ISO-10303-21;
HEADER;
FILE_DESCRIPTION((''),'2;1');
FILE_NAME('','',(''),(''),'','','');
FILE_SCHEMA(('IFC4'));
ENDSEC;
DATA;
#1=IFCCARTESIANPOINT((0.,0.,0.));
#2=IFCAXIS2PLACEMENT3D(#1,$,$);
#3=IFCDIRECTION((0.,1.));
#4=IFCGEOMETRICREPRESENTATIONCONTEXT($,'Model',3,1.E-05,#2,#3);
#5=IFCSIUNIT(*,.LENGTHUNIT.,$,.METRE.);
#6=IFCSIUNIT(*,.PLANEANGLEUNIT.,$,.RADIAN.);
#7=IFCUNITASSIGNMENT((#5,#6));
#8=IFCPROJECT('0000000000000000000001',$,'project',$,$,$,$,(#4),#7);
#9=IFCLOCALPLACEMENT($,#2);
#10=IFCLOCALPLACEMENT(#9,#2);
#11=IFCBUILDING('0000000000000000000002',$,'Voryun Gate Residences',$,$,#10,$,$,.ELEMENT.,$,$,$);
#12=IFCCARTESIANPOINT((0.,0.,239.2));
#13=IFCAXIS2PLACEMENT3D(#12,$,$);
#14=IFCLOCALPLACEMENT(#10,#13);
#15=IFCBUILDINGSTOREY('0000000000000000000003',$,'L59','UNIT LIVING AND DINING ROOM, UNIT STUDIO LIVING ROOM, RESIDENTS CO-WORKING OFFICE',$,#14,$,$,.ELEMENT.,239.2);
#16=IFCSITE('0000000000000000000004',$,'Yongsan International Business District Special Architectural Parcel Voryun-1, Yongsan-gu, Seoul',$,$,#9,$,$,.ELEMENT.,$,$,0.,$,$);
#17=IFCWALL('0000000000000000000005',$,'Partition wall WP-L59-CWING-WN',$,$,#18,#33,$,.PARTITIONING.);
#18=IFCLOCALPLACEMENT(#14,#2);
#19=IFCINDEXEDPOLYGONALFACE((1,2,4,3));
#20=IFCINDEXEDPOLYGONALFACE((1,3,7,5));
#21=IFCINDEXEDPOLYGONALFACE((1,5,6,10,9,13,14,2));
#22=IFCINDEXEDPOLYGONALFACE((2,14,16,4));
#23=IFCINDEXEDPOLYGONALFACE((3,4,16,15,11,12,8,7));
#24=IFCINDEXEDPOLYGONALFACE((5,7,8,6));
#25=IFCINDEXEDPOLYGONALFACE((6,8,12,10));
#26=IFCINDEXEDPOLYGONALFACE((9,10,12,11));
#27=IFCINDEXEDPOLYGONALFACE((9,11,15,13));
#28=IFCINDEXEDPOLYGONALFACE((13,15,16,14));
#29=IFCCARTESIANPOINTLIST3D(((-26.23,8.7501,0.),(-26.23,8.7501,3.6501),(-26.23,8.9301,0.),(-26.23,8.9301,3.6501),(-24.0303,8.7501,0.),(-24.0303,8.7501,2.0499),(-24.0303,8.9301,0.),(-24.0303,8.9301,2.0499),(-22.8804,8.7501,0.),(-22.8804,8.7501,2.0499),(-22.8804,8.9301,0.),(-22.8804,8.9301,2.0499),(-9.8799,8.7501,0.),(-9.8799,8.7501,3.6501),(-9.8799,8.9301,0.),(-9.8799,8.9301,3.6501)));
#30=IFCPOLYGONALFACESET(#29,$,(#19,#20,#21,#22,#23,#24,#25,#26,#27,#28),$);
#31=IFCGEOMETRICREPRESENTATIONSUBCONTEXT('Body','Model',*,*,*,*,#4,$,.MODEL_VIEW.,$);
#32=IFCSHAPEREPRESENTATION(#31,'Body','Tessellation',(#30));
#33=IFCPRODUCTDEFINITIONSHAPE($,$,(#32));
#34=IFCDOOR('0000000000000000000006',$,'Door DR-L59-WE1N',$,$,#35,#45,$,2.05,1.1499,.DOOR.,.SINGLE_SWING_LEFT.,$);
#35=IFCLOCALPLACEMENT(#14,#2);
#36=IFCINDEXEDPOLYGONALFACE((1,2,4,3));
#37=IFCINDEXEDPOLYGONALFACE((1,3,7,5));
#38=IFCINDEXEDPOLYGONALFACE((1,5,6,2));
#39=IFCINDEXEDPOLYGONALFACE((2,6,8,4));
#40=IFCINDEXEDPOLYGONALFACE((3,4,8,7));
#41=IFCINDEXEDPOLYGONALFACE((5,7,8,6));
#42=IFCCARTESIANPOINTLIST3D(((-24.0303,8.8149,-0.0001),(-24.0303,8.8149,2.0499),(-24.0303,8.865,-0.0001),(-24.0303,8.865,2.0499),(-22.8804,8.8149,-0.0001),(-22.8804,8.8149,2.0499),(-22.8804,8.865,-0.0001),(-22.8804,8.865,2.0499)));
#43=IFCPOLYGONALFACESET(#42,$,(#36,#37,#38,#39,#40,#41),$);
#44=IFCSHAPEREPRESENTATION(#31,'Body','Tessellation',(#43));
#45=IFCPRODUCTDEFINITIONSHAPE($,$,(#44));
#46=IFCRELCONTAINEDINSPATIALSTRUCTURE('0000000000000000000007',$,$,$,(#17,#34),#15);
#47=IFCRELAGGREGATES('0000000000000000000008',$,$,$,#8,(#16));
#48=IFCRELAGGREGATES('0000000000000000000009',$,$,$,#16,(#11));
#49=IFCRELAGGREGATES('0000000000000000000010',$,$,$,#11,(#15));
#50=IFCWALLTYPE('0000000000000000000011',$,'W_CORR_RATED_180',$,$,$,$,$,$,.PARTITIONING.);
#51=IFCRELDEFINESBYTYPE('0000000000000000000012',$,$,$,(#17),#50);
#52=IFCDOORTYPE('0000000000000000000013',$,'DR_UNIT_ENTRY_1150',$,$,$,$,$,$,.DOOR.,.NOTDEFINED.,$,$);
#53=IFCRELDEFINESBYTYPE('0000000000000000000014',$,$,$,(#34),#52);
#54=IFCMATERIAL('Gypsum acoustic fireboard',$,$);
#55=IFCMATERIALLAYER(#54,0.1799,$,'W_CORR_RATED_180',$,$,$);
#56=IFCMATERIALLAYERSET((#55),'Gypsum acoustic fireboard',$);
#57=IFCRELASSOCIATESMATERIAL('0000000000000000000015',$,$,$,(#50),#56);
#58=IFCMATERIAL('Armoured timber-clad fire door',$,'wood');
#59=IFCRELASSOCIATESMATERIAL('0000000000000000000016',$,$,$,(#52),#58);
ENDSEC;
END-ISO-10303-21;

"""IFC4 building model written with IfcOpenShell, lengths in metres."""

from ifc_helpers import new_model, si_unit, direction, frame, frame_2d, origin, place, context, subcontext, project, spatial, rectangle, extrude, material, layer, layer_set, type_object, element, fill, save


model = new_model("IFC4")

# Units and contexts
model_context = context("Model", 3, precision=1e-05, world=origin(), true_north=direction((0.0, 1.0)))
body_context = subcontext(model_context, "Body", "Model", "MODEL_VIEW")
ifc_project = project(units=[si_unit("LENGTHUNIT", "METRE"), si_unit("PLANEANGLEUNIT", "RADIAN")], contexts=[model_context])

# Site, building, storey
site_placement = place(None, origin())
site = spatial("IfcSite", under=ifc_project, at=site_placement, Name="Yongsan International Business District Special Architectural Parcel Voryun-1, Yongsan-gu, Seoul", CompositionType="ELEMENT", RefElevation=0.0)
building_placement = place(site_placement, origin())
building = spatial("IfcBuilding", under=site, at=building_placement, Name="Voryun Gate Residences", CompositionType="ELEMENT")
storey_placement = place(building_placement, frame((0.0, 0.0, 239.2)))
storey = spatial("IfcBuildingStorey", under=building, at=storey_placement, Name="L59", Description="UNIT LIVING AND DINING ROOM, UNIT STUDIO LIVING ROOM, RESIDENTS CO-WORKING OFFICE", CompositionType="ELEMENT", Elevation=239.2)

# Wall, opening, door
ifc_material_1 = material(Name="Gypsum acoustic fireboard")
ifc_layer_1 = layer(ifc_material_1, 0.1799, Name="W_CORR_RATED_180")
ifc_layer_set_1 = layer_set([ifc_layer_1], Name="Gypsum acoustic fireboard")
wall_type_1 = type_object("IfcWallType", Name="W_CORR_RATED_180", PredefinedType="PARTITIONING", material=ifc_layer_set_1)
wall_1_placement = place(storey_placement, frame((-26.23, 8.8401, 0.0), z_axis=(0.0, 0.0, 1.0), x_axis=(1.0, 0.0, 0.0)))
wall_1 = element("IfcWall", 1, at=wall_1_placement, inside=storey, type_object=wall_type_1, Name="Partition wall WP-L59-CWING-WN", PredefinedType="PARTITIONING", context=body_context, shape_type="SweptSolid", body=[
    extrude(rectangle(XDim=16.3501, YDim=0.1799, at=frame_2d((8.175, 0.0))), origin(), (0.0, 0.0, 1.0), 3.6501),
])
opening_1_placement = place(wall_1_placement, frame((2.1997, 0.0, 0.0)))
opening_1 = element("IfcOpeningElement", 2, at=opening_1_placement, cuts=wall_1, PredefinedType="OPENING", context=body_context, shape_type="SweptSolid", body=[
    extrude(rectangle(XDim=1.1499, YDim=2.05, at=frame_2d((0.575, 1.0249))), frame((0.0, 0.0999, 0.0), z_axis=(0.0, -1.0, 0.0), x_axis=(1.0, 0.0, 0.0)), (0.0, 0.0, 1.0), 0.2),
])
ifc_material_2 = material(Name="Armoured timber-clad fire door", Category="wood")
door_type_1 = type_object("IfcDoorType", Name="DR_UNIT_ENTRY_1150", OperationType="NOTDEFINED", PredefinedType="DOOR", material=ifc_material_2)
door_1_placement = place(opening_1_placement, origin())
door_1 = element("IfcDoor", 3, at=door_1_placement, inside=storey, type_object=door_type_1, Name="Door DR-L59-WE1N", OperationType="SINGLE_SWING_LEFT", OverallHeight=2.05, OverallWidth=1.1499, PredefinedType="DOOR", context=body_context, shape_type="SweptSolid", body=[
    extrude(rectangle(XDim=1.1499, YDim=2.05, at=frame_2d((0.575, 1.0249))), frame((0.0, 0.0249, 0.0), z_axis=(0.0, -1.0, 0.0), x_axis=(1.0, 0.0, 0.0)), (0.0, 0.0, 1.0), 0.05),
])
fill(opening_1, door_1)

save(model, "model.ifc")
